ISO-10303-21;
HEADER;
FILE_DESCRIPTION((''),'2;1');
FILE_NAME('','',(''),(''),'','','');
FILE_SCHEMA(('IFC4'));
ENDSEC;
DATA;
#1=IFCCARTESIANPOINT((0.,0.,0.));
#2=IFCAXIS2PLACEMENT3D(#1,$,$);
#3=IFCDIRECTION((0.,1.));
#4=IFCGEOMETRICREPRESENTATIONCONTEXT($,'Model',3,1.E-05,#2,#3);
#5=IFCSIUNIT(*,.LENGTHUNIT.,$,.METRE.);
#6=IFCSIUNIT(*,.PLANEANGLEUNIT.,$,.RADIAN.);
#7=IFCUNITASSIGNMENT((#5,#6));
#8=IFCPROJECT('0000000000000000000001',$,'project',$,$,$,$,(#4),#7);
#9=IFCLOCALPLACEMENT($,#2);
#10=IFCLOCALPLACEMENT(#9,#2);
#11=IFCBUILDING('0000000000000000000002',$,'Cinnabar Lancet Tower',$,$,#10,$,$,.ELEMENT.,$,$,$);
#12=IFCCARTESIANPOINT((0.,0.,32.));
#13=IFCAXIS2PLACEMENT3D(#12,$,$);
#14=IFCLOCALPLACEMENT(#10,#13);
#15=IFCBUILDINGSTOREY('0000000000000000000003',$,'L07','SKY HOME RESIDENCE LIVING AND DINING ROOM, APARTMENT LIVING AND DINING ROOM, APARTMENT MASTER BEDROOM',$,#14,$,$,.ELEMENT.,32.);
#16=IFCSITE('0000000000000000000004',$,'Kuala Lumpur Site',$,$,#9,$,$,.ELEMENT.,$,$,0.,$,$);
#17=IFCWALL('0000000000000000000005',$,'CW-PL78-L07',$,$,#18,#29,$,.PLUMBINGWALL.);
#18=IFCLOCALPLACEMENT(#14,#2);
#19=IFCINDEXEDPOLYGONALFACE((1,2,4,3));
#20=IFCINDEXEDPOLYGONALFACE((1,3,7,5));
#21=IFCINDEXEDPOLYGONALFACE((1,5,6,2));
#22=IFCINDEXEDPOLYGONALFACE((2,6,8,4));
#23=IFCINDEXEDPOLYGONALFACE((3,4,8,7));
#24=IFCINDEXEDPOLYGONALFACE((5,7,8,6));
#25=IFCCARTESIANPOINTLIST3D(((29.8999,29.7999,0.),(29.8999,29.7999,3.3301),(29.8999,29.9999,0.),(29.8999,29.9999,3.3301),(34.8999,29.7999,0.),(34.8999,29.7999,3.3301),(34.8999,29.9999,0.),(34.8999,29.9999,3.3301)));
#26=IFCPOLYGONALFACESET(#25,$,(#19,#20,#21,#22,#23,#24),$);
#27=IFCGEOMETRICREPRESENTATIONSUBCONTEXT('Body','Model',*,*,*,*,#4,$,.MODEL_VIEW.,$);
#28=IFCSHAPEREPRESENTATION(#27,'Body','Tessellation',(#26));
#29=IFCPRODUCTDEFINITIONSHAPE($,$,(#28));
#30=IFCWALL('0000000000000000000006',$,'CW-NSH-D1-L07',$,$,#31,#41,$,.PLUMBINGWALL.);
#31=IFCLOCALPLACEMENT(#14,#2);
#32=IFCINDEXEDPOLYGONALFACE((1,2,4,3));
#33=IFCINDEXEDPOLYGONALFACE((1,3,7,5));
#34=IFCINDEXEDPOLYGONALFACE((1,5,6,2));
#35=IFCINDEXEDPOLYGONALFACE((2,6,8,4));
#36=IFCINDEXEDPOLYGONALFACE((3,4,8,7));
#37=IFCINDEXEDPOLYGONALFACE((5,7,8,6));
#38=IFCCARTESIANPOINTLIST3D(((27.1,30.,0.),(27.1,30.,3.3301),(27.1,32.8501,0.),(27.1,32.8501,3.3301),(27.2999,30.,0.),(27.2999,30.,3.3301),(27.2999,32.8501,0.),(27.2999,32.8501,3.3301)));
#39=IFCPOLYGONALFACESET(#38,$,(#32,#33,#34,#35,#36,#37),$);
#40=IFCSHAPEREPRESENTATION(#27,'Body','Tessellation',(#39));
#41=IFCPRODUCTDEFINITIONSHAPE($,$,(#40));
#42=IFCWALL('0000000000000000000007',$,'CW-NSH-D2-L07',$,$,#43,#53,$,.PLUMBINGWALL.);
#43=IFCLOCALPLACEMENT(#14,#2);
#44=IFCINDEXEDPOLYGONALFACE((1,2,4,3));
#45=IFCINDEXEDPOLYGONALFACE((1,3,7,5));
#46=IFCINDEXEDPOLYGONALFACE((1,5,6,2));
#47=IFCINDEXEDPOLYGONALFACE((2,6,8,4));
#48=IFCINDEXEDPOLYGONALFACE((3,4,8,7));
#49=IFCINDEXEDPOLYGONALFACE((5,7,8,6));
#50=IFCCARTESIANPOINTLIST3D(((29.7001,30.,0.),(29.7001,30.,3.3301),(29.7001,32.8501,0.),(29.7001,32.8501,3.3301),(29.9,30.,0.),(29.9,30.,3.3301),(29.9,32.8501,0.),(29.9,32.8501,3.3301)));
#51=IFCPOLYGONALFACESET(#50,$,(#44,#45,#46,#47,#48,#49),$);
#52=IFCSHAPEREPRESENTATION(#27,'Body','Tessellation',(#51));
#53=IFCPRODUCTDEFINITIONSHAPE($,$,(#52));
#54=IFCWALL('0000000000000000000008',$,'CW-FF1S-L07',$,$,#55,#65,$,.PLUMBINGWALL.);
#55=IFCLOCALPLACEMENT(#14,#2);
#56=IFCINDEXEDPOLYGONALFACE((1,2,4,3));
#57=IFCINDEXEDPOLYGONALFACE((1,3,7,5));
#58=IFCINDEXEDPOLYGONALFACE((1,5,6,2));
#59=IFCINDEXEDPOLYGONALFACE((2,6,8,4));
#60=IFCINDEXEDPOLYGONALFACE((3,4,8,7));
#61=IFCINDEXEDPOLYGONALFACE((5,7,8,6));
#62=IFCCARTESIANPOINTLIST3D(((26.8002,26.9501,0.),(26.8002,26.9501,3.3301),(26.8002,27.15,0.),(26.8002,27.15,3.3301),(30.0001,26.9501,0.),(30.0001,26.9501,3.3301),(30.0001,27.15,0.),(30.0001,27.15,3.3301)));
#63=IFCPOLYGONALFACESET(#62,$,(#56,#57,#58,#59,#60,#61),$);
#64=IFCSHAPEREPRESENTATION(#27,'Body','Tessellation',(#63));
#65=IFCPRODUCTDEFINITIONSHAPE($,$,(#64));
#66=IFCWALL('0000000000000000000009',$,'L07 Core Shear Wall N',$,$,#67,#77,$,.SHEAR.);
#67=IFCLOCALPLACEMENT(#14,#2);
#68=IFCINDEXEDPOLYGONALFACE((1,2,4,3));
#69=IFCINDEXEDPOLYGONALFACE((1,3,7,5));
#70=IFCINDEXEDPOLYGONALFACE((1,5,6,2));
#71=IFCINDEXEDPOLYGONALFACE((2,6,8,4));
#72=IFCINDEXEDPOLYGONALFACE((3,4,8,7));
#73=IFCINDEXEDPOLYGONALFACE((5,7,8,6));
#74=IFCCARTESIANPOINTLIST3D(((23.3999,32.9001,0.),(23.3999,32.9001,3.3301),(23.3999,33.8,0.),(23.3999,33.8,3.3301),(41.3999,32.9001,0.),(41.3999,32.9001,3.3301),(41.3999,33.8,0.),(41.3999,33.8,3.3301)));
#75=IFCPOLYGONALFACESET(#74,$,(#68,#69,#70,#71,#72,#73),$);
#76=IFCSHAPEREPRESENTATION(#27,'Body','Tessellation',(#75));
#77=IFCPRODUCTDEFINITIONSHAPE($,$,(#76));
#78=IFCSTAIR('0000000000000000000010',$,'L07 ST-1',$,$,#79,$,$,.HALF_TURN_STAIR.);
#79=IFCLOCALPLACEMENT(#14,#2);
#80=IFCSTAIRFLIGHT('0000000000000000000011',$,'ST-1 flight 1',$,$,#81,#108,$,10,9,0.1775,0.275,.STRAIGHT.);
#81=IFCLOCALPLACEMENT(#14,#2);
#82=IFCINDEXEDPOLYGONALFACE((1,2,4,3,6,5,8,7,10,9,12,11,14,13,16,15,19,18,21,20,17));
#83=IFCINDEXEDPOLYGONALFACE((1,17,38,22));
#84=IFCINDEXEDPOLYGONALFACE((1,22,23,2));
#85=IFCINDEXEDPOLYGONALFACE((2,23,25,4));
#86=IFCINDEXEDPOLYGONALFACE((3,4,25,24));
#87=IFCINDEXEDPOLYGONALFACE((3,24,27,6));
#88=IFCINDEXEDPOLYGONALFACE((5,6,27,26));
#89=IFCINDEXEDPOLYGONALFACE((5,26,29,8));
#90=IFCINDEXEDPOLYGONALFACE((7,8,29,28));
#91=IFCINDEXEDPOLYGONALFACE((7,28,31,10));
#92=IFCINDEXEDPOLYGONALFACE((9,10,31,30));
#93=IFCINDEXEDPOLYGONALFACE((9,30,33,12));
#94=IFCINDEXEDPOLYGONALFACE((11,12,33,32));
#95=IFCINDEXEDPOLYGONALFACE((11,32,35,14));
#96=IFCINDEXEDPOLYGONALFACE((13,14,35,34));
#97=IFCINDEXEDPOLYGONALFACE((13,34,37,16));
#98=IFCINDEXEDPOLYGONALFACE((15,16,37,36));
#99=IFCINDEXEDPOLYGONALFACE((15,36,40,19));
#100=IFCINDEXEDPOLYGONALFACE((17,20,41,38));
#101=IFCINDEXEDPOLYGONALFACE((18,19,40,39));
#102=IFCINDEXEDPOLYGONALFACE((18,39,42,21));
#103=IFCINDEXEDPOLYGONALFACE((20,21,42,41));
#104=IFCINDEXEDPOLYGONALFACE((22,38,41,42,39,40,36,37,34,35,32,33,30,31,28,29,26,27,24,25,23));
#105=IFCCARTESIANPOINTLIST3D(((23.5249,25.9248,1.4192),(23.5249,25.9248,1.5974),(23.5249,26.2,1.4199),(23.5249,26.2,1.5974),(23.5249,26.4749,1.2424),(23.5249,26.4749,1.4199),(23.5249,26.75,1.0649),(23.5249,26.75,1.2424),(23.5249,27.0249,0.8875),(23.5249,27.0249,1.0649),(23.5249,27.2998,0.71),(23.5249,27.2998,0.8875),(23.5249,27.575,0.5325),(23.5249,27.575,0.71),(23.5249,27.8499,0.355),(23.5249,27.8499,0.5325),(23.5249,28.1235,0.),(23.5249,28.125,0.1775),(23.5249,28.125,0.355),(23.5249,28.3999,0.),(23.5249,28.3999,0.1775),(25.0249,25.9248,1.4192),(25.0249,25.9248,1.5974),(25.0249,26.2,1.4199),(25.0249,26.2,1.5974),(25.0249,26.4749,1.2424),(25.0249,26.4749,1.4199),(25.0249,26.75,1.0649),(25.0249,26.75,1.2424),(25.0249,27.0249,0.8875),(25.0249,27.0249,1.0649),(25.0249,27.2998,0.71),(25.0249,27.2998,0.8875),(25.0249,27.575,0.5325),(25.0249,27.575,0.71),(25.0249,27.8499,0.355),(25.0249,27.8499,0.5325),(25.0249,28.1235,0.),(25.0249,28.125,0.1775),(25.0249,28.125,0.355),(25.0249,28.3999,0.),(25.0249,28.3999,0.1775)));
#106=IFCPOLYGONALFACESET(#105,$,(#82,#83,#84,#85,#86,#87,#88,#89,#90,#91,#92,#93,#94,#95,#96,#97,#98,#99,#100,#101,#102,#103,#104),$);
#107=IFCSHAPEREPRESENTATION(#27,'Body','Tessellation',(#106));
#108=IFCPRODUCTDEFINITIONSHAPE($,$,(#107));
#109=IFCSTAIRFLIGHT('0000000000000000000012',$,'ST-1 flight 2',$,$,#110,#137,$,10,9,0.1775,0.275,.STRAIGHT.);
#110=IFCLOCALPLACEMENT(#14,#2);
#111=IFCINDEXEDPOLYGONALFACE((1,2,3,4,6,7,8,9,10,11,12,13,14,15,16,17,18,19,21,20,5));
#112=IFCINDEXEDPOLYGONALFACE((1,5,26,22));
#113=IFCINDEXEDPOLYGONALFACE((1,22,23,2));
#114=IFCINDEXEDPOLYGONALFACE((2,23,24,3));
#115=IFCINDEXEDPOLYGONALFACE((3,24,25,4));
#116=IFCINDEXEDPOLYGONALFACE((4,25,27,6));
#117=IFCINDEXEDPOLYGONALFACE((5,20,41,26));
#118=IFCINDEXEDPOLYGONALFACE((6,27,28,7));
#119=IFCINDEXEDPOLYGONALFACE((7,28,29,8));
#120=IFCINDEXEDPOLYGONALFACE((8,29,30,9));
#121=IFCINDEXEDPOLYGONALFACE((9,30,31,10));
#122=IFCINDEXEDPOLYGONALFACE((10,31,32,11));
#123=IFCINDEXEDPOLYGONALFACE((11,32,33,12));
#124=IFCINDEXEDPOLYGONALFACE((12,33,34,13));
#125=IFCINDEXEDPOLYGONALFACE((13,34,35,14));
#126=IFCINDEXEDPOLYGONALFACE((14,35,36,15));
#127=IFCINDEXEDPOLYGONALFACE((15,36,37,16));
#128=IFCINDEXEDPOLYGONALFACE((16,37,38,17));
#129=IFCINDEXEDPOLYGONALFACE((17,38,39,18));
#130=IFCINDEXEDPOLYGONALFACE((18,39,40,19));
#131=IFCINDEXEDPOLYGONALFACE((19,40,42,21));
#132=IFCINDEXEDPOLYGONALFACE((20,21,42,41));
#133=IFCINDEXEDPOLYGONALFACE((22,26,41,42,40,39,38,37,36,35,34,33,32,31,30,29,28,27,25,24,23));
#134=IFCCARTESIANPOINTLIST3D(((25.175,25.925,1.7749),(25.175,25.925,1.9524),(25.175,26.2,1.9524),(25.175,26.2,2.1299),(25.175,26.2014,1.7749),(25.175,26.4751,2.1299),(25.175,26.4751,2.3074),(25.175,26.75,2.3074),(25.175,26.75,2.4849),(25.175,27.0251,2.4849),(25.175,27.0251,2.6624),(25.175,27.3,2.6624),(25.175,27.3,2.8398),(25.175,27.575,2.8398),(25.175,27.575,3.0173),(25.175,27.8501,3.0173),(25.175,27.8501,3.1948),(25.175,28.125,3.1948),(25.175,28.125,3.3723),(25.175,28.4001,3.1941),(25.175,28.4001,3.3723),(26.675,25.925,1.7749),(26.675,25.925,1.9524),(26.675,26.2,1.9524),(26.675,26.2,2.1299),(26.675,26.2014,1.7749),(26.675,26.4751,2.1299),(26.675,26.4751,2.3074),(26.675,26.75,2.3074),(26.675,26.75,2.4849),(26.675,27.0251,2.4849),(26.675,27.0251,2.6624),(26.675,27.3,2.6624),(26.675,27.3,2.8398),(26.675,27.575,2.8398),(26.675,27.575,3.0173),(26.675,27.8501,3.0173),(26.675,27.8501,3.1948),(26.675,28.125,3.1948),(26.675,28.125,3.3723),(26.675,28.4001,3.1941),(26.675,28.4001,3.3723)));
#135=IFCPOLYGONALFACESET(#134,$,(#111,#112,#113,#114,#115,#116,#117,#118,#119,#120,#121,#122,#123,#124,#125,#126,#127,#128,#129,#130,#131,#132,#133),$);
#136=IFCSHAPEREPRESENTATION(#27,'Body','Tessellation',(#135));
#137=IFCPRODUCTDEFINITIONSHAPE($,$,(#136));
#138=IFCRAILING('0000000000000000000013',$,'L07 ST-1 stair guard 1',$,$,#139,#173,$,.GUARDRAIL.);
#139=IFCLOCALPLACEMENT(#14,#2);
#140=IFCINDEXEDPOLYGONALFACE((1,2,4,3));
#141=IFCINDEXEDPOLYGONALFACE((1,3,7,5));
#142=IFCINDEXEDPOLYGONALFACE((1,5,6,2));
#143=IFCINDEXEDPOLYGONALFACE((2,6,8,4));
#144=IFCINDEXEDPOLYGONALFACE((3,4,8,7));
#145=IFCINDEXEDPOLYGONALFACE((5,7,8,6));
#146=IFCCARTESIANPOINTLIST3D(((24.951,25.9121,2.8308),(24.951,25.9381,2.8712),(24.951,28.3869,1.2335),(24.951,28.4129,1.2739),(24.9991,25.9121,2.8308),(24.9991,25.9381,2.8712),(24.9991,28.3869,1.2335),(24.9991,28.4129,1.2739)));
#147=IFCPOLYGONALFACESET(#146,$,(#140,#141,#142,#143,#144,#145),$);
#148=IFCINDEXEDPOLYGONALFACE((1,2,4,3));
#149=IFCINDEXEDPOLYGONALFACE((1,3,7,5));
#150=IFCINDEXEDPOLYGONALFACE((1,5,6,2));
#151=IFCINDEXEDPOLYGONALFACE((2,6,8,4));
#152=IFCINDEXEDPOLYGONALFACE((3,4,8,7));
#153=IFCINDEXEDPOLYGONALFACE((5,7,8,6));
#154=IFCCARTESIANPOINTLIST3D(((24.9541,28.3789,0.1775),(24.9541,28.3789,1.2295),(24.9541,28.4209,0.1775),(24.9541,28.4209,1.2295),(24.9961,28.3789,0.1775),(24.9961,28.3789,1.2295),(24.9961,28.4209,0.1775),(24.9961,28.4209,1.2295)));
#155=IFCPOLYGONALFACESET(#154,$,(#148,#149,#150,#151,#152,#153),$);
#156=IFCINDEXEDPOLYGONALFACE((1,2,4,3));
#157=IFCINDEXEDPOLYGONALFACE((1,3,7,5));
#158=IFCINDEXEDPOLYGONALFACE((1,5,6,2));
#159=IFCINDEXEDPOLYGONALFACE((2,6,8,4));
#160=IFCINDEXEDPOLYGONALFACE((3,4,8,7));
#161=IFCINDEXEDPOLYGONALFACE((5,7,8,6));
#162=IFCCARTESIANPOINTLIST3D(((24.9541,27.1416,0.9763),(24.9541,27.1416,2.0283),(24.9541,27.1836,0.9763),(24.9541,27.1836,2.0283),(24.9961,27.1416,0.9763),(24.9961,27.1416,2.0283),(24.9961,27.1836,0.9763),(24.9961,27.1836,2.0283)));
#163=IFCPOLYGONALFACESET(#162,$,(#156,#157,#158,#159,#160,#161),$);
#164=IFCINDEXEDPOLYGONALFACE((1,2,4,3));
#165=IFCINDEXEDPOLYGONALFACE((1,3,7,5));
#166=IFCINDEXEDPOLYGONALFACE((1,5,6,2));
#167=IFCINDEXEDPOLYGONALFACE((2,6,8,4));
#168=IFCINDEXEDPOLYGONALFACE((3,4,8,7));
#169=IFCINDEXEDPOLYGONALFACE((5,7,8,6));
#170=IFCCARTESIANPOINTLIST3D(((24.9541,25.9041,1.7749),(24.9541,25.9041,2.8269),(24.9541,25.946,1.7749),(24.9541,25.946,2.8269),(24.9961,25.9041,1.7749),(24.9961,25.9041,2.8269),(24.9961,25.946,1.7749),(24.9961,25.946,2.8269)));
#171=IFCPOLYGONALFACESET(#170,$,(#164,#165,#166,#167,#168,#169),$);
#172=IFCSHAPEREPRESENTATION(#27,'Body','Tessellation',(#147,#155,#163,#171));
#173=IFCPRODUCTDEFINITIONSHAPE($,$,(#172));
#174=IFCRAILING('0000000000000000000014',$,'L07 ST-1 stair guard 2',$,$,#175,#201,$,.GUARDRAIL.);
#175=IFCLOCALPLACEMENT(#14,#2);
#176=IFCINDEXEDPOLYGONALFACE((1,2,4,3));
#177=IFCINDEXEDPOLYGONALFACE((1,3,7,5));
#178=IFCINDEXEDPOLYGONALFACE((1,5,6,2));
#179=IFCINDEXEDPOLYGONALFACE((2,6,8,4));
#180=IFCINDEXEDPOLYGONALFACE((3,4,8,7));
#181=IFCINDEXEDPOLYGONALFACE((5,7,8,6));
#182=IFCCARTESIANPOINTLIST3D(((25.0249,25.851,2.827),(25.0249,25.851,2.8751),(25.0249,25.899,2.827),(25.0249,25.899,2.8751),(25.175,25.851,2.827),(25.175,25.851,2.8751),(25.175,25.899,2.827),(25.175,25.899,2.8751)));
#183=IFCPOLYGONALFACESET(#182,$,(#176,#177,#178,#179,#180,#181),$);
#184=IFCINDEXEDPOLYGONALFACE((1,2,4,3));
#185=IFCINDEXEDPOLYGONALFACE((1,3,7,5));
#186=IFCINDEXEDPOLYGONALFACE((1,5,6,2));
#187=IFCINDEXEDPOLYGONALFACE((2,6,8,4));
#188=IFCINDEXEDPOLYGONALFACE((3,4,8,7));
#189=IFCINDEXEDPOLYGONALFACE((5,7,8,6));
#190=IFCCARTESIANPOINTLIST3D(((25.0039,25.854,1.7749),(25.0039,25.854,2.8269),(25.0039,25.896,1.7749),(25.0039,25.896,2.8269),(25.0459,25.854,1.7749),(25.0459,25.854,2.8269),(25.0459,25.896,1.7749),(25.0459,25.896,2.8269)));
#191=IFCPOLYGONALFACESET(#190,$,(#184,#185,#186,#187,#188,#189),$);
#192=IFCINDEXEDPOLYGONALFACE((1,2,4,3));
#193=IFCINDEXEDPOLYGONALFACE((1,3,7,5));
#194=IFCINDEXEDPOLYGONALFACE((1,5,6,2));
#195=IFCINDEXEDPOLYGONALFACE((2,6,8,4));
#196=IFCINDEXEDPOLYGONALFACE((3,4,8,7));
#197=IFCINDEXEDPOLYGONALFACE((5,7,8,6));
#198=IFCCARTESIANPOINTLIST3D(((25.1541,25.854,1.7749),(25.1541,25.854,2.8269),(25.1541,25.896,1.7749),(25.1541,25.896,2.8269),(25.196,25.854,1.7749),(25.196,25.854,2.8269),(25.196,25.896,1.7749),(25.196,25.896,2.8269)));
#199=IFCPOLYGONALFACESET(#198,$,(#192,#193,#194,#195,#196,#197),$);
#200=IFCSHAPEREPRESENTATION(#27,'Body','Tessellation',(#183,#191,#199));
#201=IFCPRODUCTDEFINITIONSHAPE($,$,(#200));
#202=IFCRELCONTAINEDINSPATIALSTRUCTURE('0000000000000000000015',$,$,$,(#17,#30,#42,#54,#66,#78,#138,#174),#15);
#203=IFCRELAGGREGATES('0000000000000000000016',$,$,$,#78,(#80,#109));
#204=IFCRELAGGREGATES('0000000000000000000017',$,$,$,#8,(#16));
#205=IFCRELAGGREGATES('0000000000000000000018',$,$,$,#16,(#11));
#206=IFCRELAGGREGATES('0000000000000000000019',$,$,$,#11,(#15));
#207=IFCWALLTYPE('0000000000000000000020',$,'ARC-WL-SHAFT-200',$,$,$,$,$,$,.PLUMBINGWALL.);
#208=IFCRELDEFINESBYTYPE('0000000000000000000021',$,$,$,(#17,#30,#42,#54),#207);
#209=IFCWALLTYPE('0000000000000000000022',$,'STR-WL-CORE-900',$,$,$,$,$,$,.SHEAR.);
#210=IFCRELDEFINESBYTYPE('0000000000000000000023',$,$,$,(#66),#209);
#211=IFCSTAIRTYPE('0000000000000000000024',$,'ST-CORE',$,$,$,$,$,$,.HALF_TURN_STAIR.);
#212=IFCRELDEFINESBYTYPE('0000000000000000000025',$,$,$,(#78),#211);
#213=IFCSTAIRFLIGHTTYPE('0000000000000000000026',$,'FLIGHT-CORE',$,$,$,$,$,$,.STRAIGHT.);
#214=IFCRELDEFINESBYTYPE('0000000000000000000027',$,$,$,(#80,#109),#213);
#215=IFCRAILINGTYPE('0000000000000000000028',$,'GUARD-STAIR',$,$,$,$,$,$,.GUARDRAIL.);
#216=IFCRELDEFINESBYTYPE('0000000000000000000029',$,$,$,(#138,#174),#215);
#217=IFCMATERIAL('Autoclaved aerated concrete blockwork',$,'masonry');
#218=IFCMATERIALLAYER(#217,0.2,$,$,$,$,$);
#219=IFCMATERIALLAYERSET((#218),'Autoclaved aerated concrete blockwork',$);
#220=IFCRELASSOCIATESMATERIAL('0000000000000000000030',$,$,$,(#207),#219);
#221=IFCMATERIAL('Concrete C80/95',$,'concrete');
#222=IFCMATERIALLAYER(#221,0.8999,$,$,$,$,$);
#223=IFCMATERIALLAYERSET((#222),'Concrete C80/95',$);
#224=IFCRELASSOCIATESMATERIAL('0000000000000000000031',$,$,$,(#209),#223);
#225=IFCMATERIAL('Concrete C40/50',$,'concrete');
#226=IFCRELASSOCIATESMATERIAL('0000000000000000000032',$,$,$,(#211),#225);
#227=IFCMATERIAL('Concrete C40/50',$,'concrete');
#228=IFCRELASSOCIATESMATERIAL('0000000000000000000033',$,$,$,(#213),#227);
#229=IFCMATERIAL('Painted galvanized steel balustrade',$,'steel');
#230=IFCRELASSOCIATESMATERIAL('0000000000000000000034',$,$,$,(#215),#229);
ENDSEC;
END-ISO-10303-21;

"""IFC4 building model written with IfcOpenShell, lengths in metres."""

from ifc_helpers import new_model, si_unit, direction, frame, frame_2d, origin, origin_2d, place, context, subcontext, project, spatial, polyline, rectangle, outline, extrude, material, layer, layer_set, type_object, element, aggregate, save


model = new_model("IFC4")

# Units and contexts
model_context = context("Model", 3, precision=1e-05, world=origin(), true_north=direction((0.0, 1.0)))
body_context = subcontext(model_context, "Body", "Model", "MODEL_VIEW")
ifc_project = project(units=[si_unit("LENGTHUNIT", "METRE"), si_unit("PLANEANGLEUNIT", "RADIAN")], contexts=[model_context])

# Site, building, storey
site_placement = place(None, origin())
site = spatial("IfcSite", under=ifc_project, at=site_placement, Name="Kuala Lumpur Site", CompositionType="ELEMENT", RefElevation=0.0)
building_placement = place(site_placement, origin())
building = spatial("IfcBuilding", under=site, at=building_placement, Name="Cinnabar Lancet Tower", CompositionType="ELEMENT")
storey_placement = place(building_placement, frame((0.0, 0.0, 32.0)))
storey = spatial("IfcBuildingStorey", under=building, at=storey_placement, Name="L07", Description="SKY HOME RESIDENCE LIVING AND DINING ROOM, APARTMENT LIVING AND DINING ROOM, APARTMENT MASTER BEDROOM", CompositionType="ELEMENT", Elevation=32.0)

# Shared definitions
ifc_material_1 = material(Name="Autoclaved aerated concrete blockwork", Category="masonry")
ifc_layer_1 = layer(ifc_material_1, 0.2)
ifc_layer_set_1 = layer_set([ifc_layer_1], Name="Autoclaved aerated concrete blockwork")
wall_type_1 = type_object("IfcWallType", Name="ARC-WL-SHAFT-200", PredefinedType="PLUMBINGWALL", material=ifc_layer_set_1)

# Walls
wall_1_placement = place(storey_placement, frame((29.8999, 29.8999, 0.0), z_axis=(0.0, 0.0, 1.0), x_axis=(1.0, 0.0, 0.0)))
element("IfcWall", 1, at=wall_1_placement, inside=storey, type_object=wall_type_1, Name="CW-PL78-L07", PredefinedType="PLUMBINGWALL", context=body_context, shape_type="SweptSolid", body=[
    extrude(rectangle(XDim=5.0, YDim=0.2, at=frame_2d((2.5, 0.0))), origin(), (0.0, 0.0, 1.0), 3.3301),
])
for number, where, z_axis, x_axis, name in (
    (2, (27.2, 30.0, 0.0), (0.0, 0.0, 1.0), (0.0, 1.0, 0.0), "CW-NSH-D1-L07"),
    (3, (29.8, 30.0, 0.0), (0.0, 0.0, 1.0), (0.0, 1.0, 0.0), "CW-NSH-D2-L07"),
):
    element("IfcWall", number, at=place(storey_placement, frame(where, z_axis=z_axis, x_axis=x_axis)), inside=storey, type_object=wall_type_1, Name=name, PredefinedType="PLUMBINGWALL", context=body_context, shape_type="SweptSolid", body=[
        extrude(rectangle(XDim=2.8501, YDim=0.2, at=frame_2d((1.425, 0.0))), origin(), (0.0, 0.0, 1.0), 3.3301),
    ])
wall_2_placement = place(storey_placement, frame((26.8, 27.05, 0.0), z_axis=(0.0, 0.0, 1.0), x_axis=(1.0, 0.0, 0.0)))
element("IfcWall", 4, at=wall_2_placement, inside=storey, type_object=wall_type_1, Name="CW-FF1S-L07", PredefinedType="PLUMBINGWALL", context=body_context, shape_type="SweptSolid", body=[
    extrude(rectangle(XDim=3.2, YDim=0.2, at=frame_2d((1.6001, 0.0))), origin(), (0.0, 0.0, 1.0), 3.3301),
])
ifc_material_2 = material(Name="Concrete C80/95", Category="concrete")
ifc_layer_2 = layer(ifc_material_2, 0.8999)
ifc_layer_set_2 = layer_set([ifc_layer_2], Name="Concrete C80/95")
wall_type_2 = type_object("IfcWallType", Name="STR-WL-CORE-900", PredefinedType="SHEAR", material=ifc_layer_set_2)
wall_3_placement = place(storey_placement, frame((23.3999, 33.3501, 0.0), z_axis=(0.0, 0.0, 1.0), x_axis=(1.0, 0.0, 0.0)))
element("IfcWall", 5, at=wall_3_placement, inside=storey, type_object=wall_type_2, Name="L07 Core Shear Wall N", PredefinedType="SHEAR", context=body_context, shape_type="SweptSolid", body=[
    extrude(rectangle(XDim=18.0, YDim=0.8999, at=frame_2d((9.0, 0.0))), origin(), (0.0, 0.0, 1.0), 3.3301),
])

# Stair, stair flights
ifc_material_3 = material(Name="Concrete C40/50", Category="concrete")
stair_type = type_object("IfcStairType", Name="ST-CORE", PredefinedType="HALF_TURN_STAIR", material=ifc_material_3)
stair_placement = place(storey_placement, origin())
stair = element("IfcStair", 6, at=stair_placement, inside=storey, type_object=stair_type, Name="L07 ST-1", PredefinedType="HALF_TURN_STAIR")
ifc_material_4 = material(Name="Concrete C40/50", Category="concrete")
stair_flight_type = type_object("IfcStairFlightType", Name="FLIGHT-CORE", PredefinedType="STRAIGHT", material=ifc_material_4)
stair_flight_1_placement = place(storey_placement, frame((24.2749, 28.3999, 0.0), z_axis=(0.0, 0.0, 1.0), x_axis=(0.0, -1.0, 0.0)))
stair_flight_1 = element("IfcStairFlight", 7, at=stair_flight_1_placement, type_object=stair_flight_type, Name="ST-1 flight 1", NumberOfRisers=10, NumberOfTreads=9, PredefinedType="STRAIGHT", RiserHeight=0.1775, TreadLength=0.275, context=body_context, shape_type="SweptSolid", body=[
    extrude(outline(polyline([(0.0, 0.0), (0.0, 0.1775), (0.2749, 0.1775), (0.2749, 0.355), (0.55, 0.355), (0.55, 0.5325), (0.825, 0.5325), (0.825, 0.71), (1.1001, 0.71), (1.1001, 0.8875), (1.375, 0.8875), (1.375, 1.0649), (1.6499, 1.0649), (1.6499, 1.2424), (1.925, 1.2424), (1.925, 1.4199), (2.2, 1.4199), (2.2, 1.5974), (2.4751, 1.5974), (2.4751, 1.7749), (2.4751, 1.4192), (0.2764, 0.0), (0.0, 0.0)])), frame((0.0, 0.75, 0.0), z_axis=(0.0, -1.0, 0.0), x_axis=(1.0, 0.0, 0.0)), (0.0, 0.0, 1.0), 1.5),
])
stair_flight_2_placement = place(storey_placement, frame((25.925, 25.925, 1.7749), z_axis=(0.0, 0.0, 1.0), x_axis=(0.0, 1.0, 0.0)))
stair_flight_2 = element("IfcStairFlight", 8, at=stair_flight_2_placement, type_object=stair_flight_type, Name="ST-1 flight 2", NumberOfRisers=10, NumberOfTreads=9, PredefinedType="STRAIGHT", RiserHeight=0.1775, TreadLength=0.275, context=body_context, shape_type="SweptSolid", body=[
    extrude(outline(polyline([(0.0, 0.0), (0.0, 0.1775), (0.2749, 0.1775), (0.2749, 0.355), (0.55, 0.355), (0.55, 0.5325), (0.825, 0.5325), (0.825, 0.71), (1.1001, 0.71), (1.1001, 0.8875), (1.375, 0.8875), (1.375, 1.0649), (1.6499, 1.0649), (1.6499, 1.2424), (1.925, 1.2424), (1.925, 1.4199), (2.2, 1.4199), (2.2, 1.5974), (2.4751, 1.5974), (2.4751, 1.7749), (2.4751, 1.4192), (0.2764, 0.0), (0.0, 0.0)])), frame((0.0, 0.75, 0.0), z_axis=(0.0, -1.0, 0.0), x_axis=(1.0, 0.0, 0.0)), (0.0, 0.0, 1.0), 1.5),
])
aggregate(stair, [stair_flight_1, stair_flight_2])

# Railings
ifc_material_5 = material(Name="Painted galvanized steel balustrade", Category="steel")
railing_type_1 = type_object("IfcRailingType", Name="GUARD-STAIR", PredefinedType="GUARDRAIL", material=ifc_material_5)
railing_1_placement = place(storey_placement, frame((24.9751, 28.3999, 0.1775)))
element("IfcRailing", 9, at=railing_1_placement, inside=storey, type_object=railing_type_1, Name="L07 ST-1 stair guard 1", PredefinedType="GUARDRAIL", context=body_context, shape_type="SweptSolid", body=[
    extrude(rectangle(XDim=0.0481, YDim=0.0481, at=origin_2d()), frame((0.0, 0.0, 1.0762), z_axis=(0.0, -0.840183, 0.542302), x_axis=(1.0, 0.0, 0.0)), (0.0, 0.0, 1.0), 2.9456),
    extrude(rectangle(XDim=0.042, YDim=0.042, at=origin_2d()), origin(), (0.0, 0.0, 1.0), 1.052),
    extrude(rectangle(XDim=0.042, YDim=0.042, at=origin_2d()), frame((0.0, -1.2373, 0.7988)), (0.0, 0.0, 1.0), 1.052),
    extrude(rectangle(XDim=0.042, YDim=0.042, at=origin_2d()), frame((0.0, -2.4749, 1.5974)), (0.0, 0.0, 1.0), 1.052),
])
railing_2_placement = place(storey_placement, frame((25.0249, 25.875, 1.7749)))
element("IfcRailing", 10, at=railing_2_placement, inside=storey, type_object=railing_type_1, Name="L07 ST-1 stair guard 2", PredefinedType="GUARDRAIL", context=body_context, shape_type="SweptSolid", body=[
    extrude(rectangle(XDim=0.0481, YDim=0.0481, at=origin_2d()), frame((0.0, 0.0, 1.0762), z_axis=(1.0, 0.0, 0.0), x_axis=(0.0, 1.0, 0.0)), (0.0, 0.0, 1.0), 0.1501),
    extrude(rectangle(XDim=0.042, YDim=0.042, at=origin_2d()), origin(), (0.0, 0.0, 1.0), 1.052),
    extrude(rectangle(XDim=0.042, YDim=0.042, at=origin_2d()), frame((0.1501, 0.0, 0.0)), (0.0, 0.0, 1.0), 1.052),
])

save(model, "model.ifc")
